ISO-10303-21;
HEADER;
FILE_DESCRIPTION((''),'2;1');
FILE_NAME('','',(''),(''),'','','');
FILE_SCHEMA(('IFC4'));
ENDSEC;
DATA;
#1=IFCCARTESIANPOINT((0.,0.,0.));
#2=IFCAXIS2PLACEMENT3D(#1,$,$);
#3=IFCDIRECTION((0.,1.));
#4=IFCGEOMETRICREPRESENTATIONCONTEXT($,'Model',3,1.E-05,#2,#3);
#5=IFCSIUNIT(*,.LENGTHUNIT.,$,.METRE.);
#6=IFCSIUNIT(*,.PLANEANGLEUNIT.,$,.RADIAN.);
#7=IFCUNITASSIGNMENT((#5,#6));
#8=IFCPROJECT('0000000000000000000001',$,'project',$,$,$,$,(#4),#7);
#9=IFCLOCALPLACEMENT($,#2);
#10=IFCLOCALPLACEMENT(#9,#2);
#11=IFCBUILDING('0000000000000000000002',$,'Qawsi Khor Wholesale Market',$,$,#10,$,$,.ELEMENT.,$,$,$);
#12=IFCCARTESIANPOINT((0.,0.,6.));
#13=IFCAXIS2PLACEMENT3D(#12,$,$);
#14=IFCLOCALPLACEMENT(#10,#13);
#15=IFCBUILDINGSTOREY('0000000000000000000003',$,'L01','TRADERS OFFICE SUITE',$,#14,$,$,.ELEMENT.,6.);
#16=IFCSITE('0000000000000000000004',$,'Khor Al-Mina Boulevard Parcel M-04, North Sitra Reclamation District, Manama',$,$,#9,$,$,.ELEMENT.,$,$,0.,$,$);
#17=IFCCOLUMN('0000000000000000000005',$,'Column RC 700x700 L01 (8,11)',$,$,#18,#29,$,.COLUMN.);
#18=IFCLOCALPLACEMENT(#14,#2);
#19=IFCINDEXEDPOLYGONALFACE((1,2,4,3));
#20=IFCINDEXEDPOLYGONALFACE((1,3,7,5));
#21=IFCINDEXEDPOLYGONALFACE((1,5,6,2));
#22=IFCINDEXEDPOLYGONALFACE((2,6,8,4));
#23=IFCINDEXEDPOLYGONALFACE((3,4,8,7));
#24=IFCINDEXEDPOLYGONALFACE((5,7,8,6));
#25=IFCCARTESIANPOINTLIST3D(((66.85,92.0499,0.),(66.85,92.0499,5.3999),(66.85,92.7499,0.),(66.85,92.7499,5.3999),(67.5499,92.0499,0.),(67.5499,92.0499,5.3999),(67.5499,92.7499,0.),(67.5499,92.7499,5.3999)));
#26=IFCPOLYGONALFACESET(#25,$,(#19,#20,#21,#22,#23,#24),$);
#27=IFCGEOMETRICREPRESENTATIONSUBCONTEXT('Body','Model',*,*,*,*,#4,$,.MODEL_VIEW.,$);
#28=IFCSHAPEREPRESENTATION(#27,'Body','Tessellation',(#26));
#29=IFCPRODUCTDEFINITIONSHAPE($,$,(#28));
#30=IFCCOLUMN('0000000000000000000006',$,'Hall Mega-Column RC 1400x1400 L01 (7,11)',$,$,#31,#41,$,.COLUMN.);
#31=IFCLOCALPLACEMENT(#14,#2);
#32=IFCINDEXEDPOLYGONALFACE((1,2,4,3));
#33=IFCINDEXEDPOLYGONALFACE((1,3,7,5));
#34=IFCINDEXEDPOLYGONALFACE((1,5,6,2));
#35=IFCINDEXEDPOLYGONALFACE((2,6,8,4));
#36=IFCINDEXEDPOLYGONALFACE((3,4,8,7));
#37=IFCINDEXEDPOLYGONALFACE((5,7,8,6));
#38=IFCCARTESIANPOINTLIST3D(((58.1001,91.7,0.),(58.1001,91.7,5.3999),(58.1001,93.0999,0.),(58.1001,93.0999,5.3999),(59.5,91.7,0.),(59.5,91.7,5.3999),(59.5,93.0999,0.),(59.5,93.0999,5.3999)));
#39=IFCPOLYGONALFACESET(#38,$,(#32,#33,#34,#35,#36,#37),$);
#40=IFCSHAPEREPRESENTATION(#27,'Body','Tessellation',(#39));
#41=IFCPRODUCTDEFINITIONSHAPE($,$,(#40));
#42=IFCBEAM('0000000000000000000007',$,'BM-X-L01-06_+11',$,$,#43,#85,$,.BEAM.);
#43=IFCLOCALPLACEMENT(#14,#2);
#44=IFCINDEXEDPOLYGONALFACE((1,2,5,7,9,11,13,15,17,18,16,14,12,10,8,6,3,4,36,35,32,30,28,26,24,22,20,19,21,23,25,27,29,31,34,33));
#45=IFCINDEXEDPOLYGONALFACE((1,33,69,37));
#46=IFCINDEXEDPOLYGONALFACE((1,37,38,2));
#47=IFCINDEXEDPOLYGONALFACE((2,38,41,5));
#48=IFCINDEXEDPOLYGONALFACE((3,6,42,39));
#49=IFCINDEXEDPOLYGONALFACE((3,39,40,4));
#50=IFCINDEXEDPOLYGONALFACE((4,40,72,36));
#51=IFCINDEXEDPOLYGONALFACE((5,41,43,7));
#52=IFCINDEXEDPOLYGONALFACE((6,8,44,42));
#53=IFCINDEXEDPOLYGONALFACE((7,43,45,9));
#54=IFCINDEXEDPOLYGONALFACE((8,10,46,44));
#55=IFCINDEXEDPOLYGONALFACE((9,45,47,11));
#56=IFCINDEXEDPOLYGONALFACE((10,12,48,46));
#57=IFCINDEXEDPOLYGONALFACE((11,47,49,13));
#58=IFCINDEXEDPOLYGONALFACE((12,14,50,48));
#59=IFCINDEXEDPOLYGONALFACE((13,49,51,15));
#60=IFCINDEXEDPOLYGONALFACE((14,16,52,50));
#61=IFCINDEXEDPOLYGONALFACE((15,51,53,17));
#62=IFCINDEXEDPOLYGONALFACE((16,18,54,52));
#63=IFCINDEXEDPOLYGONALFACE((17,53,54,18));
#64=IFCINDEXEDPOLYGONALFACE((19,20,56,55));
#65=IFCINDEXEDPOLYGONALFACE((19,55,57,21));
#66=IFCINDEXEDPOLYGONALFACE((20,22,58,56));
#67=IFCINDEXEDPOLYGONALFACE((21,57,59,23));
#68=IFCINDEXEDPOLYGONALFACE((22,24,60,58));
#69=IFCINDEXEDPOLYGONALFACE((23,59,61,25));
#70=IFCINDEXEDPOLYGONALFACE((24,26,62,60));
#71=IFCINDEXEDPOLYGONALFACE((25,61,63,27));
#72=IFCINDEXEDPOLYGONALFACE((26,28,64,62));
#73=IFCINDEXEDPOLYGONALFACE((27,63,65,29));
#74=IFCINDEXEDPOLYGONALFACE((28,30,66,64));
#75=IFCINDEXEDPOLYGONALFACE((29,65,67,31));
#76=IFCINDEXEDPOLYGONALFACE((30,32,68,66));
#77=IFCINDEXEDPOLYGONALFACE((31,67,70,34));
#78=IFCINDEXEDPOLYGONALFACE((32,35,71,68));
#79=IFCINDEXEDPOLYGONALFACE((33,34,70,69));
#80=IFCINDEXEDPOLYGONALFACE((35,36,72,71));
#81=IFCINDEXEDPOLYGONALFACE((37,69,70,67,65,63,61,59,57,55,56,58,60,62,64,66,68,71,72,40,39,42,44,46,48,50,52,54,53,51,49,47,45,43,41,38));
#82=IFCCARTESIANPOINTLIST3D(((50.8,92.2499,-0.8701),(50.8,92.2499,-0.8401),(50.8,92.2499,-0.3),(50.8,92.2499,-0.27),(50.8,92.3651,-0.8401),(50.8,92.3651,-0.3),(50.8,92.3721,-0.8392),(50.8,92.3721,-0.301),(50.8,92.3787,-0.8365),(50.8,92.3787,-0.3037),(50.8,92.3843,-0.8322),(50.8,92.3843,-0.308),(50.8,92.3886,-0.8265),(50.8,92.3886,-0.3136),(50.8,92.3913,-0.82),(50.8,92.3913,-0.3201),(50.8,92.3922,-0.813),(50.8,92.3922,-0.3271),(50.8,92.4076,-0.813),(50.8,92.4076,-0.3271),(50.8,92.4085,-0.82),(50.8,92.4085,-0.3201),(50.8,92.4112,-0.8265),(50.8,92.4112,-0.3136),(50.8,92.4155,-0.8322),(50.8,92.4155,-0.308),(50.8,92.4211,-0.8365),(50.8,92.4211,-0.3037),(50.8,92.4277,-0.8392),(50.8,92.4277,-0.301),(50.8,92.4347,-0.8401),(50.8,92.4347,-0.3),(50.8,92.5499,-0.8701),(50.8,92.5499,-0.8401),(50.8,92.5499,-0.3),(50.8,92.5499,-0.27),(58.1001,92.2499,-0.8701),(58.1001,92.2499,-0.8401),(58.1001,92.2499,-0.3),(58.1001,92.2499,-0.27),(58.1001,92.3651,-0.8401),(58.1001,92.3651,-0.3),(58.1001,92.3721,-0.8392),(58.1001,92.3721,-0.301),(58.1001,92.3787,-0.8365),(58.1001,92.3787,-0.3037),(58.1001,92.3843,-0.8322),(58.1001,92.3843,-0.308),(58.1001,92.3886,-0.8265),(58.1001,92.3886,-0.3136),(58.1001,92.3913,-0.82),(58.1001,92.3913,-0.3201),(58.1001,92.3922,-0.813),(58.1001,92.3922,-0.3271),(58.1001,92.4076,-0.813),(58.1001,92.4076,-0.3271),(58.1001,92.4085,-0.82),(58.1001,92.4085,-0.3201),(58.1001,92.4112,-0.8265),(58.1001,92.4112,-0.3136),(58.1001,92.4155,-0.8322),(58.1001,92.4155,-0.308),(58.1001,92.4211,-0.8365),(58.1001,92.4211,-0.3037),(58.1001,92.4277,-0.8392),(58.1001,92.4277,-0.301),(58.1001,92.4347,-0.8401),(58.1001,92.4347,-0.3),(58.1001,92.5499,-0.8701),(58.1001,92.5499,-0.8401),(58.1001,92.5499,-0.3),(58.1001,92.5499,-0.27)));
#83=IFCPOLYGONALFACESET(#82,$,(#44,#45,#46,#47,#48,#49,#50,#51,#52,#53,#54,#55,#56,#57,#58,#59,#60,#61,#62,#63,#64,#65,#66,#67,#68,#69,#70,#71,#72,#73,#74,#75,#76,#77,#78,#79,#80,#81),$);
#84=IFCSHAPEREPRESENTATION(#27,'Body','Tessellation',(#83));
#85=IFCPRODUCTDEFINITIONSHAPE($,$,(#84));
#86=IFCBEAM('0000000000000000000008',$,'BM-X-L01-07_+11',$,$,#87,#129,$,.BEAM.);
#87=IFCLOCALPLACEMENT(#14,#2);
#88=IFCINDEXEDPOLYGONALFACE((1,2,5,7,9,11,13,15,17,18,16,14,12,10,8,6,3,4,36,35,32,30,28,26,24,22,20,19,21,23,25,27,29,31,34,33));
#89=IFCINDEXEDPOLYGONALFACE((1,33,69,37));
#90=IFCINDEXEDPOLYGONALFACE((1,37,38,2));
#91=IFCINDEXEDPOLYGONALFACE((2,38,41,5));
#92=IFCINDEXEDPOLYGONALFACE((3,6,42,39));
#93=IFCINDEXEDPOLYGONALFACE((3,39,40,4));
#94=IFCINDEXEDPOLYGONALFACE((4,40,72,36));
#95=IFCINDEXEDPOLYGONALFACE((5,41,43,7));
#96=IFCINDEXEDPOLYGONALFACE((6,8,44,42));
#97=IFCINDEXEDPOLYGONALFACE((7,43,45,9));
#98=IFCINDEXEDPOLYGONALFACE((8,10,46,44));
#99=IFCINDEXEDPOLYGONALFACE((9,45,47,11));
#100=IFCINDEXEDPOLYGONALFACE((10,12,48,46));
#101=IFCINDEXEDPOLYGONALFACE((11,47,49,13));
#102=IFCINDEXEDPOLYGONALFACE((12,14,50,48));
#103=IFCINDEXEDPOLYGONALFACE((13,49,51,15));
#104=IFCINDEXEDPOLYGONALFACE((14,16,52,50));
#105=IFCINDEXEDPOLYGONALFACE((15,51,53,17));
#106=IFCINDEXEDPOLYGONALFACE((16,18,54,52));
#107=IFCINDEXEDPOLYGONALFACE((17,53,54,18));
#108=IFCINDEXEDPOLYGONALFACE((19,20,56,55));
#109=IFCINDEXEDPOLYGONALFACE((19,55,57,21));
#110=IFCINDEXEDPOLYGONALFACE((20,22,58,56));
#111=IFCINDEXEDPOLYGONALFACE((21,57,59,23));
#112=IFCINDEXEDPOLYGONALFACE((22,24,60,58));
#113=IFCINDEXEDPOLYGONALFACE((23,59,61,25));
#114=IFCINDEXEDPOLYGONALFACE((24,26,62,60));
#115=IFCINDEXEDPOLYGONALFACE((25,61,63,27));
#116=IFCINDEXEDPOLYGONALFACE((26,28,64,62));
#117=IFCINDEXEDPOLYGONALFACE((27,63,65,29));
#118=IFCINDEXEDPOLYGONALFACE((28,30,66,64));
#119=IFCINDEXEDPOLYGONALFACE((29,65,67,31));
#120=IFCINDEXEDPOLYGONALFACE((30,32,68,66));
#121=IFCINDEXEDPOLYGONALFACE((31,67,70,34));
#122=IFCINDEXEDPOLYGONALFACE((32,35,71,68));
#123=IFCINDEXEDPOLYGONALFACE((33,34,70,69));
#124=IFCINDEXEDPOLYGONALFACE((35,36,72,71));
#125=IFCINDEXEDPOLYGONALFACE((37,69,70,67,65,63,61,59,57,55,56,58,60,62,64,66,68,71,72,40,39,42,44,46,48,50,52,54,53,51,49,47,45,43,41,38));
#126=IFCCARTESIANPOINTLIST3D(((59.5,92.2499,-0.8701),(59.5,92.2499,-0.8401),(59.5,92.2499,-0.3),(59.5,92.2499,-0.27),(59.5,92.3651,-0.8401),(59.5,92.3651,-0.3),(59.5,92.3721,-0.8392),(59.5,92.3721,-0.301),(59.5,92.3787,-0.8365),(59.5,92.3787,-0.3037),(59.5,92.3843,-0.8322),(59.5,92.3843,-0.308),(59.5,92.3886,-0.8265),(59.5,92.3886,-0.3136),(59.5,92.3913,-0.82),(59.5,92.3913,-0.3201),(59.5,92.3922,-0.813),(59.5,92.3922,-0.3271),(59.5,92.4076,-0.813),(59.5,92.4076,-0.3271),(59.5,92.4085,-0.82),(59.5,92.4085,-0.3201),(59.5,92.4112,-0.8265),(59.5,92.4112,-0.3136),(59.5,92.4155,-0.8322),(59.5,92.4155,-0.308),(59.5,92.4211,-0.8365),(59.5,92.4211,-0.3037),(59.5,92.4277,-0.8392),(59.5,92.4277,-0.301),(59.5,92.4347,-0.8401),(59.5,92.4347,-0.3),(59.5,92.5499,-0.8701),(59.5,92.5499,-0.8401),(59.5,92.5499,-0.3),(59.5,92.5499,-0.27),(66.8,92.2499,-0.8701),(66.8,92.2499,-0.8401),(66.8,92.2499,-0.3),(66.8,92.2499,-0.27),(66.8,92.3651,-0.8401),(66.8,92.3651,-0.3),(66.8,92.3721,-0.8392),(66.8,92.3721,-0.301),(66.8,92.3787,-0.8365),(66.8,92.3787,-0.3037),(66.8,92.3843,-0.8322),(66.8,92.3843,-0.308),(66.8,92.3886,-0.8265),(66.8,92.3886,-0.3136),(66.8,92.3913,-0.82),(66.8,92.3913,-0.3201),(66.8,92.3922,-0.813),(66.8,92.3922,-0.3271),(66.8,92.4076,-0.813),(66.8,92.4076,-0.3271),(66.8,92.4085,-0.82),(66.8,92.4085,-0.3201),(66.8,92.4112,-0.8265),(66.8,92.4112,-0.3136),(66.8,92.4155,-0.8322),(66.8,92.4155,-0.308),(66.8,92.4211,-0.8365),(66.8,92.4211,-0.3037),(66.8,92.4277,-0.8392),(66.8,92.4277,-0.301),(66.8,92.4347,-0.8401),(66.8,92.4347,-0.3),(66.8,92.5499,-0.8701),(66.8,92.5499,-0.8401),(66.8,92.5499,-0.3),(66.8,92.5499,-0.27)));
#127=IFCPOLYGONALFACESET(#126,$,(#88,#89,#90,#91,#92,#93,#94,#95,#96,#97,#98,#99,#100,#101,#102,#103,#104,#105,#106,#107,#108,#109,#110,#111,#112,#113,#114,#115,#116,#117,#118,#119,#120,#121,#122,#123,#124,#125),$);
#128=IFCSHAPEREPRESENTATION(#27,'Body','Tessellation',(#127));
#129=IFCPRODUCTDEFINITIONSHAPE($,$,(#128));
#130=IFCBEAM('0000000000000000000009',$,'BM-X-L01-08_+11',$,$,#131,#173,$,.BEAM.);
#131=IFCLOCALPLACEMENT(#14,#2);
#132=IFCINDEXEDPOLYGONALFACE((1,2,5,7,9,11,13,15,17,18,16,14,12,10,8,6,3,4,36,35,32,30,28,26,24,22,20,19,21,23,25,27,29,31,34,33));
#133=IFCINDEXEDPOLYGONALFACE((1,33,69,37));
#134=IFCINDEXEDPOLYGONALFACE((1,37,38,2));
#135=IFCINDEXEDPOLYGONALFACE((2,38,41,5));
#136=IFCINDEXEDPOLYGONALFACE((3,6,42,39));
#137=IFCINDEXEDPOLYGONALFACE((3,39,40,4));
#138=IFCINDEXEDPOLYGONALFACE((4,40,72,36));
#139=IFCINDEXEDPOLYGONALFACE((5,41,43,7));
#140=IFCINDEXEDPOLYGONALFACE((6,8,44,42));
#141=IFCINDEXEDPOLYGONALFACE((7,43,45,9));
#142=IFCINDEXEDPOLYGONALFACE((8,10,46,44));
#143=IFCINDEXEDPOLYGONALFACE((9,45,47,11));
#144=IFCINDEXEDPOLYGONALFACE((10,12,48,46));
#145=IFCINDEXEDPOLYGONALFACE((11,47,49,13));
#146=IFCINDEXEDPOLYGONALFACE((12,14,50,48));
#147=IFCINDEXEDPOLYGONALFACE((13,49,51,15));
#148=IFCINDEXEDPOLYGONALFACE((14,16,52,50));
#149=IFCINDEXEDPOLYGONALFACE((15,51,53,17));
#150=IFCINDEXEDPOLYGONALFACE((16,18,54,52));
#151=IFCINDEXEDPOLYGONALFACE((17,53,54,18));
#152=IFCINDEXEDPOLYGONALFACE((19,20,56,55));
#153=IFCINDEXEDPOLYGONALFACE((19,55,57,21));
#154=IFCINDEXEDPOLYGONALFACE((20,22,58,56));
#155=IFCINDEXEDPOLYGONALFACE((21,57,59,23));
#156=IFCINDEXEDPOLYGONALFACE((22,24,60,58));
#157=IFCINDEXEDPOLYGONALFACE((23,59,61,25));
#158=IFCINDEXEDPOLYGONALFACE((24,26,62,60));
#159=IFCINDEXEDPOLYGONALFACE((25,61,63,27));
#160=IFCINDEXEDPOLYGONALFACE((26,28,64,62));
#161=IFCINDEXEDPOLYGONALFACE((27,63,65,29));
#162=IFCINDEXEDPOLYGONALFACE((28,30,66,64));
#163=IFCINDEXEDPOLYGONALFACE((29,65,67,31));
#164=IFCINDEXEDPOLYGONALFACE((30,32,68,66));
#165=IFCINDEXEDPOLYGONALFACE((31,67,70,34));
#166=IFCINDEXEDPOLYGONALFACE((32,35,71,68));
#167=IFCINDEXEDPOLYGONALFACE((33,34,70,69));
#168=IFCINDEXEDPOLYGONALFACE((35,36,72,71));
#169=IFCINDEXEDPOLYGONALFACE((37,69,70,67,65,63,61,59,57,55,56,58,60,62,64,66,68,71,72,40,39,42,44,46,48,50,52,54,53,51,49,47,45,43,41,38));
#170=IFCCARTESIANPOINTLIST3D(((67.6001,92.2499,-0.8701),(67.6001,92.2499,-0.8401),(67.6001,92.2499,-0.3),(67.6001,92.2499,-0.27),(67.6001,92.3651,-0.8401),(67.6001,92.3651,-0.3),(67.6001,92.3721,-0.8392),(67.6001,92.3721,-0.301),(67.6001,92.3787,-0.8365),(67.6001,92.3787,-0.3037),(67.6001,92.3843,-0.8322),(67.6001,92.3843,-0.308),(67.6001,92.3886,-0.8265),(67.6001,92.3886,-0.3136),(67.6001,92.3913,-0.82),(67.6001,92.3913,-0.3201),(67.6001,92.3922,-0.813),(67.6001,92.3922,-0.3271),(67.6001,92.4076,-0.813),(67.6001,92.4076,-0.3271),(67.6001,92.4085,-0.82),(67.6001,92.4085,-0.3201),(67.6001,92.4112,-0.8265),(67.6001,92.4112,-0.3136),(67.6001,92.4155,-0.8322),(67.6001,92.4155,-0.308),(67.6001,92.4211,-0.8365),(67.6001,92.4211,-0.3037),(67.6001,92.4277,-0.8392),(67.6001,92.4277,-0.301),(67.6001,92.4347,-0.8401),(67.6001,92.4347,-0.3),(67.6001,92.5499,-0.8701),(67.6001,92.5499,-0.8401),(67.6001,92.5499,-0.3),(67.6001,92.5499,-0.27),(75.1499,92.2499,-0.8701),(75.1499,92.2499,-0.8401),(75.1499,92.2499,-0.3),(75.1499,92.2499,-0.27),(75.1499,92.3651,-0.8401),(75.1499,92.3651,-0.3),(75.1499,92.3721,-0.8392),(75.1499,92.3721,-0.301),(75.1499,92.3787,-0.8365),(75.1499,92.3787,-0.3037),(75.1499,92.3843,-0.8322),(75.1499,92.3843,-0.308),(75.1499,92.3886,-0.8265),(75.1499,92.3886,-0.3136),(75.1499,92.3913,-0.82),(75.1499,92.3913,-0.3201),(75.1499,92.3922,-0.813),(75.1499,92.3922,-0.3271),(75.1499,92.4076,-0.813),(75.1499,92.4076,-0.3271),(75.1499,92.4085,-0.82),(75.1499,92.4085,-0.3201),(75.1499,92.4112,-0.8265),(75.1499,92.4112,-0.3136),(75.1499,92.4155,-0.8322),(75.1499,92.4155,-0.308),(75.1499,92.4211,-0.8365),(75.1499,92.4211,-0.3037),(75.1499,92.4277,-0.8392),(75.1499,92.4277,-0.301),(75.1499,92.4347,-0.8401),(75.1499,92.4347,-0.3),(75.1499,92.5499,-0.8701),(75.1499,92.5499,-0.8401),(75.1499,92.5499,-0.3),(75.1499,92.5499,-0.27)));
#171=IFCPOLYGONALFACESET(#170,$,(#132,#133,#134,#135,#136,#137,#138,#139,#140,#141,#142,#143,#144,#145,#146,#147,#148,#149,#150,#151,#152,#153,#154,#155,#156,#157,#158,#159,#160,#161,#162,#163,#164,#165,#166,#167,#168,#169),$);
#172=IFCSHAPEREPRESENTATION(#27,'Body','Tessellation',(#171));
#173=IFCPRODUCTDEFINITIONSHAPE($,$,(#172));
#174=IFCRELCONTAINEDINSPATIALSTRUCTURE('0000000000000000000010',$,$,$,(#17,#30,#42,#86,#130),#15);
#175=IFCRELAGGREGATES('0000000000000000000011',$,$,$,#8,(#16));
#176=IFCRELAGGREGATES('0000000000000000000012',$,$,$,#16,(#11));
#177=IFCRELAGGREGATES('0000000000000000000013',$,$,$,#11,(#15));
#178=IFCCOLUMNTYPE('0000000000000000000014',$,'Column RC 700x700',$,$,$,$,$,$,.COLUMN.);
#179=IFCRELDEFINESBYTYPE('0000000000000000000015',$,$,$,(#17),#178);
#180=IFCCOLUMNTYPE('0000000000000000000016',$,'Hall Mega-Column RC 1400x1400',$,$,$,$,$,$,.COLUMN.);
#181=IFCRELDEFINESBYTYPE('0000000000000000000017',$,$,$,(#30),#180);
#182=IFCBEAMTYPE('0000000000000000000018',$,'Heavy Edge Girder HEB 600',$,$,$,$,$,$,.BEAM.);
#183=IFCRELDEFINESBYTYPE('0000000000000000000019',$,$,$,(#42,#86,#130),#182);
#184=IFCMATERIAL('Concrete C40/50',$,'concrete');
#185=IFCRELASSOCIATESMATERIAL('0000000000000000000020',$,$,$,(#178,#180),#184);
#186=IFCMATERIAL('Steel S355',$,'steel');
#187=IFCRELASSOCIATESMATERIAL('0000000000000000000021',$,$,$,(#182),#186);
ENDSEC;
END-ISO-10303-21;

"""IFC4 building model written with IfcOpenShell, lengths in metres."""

from ifc_helpers import new_model, si_unit, direction, frame, origin, origin_2d, place, context, subcontext, project, spatial, rectangle, i_section, extrude, material, material_profile, profile_set, type_object, element, save


model = new_model("IFC4")

# Units and contexts
model_context = context("Model", 3, precision=1e-05, world=origin(), true_north=direction((0.0, 1.0)))
body_context = subcontext(model_context, "Body", "Model", "MODEL_VIEW")
ifc_project = project(units=[si_unit("LENGTHUNIT", "METRE"), si_unit("PLANEANGLEUNIT", "RADIAN")], contexts=[model_context])

# Site, building, storey
site_placement = place(None, origin())
site = spatial("IfcSite", under=ifc_project, at=site_placement, Name="Khor Al-Mina Boulevard Parcel M-04, North Sitra Reclamation District, Manama", CompositionType="ELEMENT", RefElevation=0.0)
building_placement = place(site_placement, origin())
building = spatial("IfcBuilding", under=site, at=building_placement, Name="Qawsi Khor Wholesale Market", CompositionType="ELEMENT")
storey_placement = place(building_placement, frame((0.0, 0.0, 6.0)))
storey = spatial("IfcBuildingStorey", under=building, at=storey_placement, Name="L01", Description="TRADERS OFFICE SUITE", CompositionType="ELEMENT", Elevation=6.0)

# Columns
ifc_material_1 = material(Name="Concrete C40/50", Category="concrete")
ifc_material_profile_1 = material_profile(ifc_material_1, rectangle(XDim=0.7, YDim=0.7, at=origin_2d()), Name="RC 700x700")
ifc_profile_set_1 = profile_set([ifc_material_profile_1], Name="Concrete C40/50")
column_type_1 = type_object("IfcColumnType", Name="Column RC 700x700", PredefinedType="COLUMN", material=ifc_profile_set_1)
column_1_placement = place(storey_placement, frame((67.2, 92.3999, 0.0), z_axis=(0.0, 0.0, 1.0), x_axis=(1.0, 0.0, 0.0)))
element("IfcColumn", 1, at=column_1_placement, inside=storey, type_object=column_type_1, Name="Column RC 700x700 L01 (8,11)", PredefinedType="COLUMN", context=body_context, shape_type="SweptSolid", body=[
    extrude(rectangle(XDim=0.7, YDim=0.7, at=origin_2d()), origin(), (0.0, 0.0, 1.0), 5.3999),
])
ifc_material_profile_2 = material_profile(ifc_material_1, rectangle(XDim=1.3999, YDim=1.3999, at=origin_2d()), Name="RC 1400x1400")
ifc_profile_set_2 = profile_set([ifc_material_profile_2], Name="Concrete C40/50")
column_type_2 = type_object("IfcColumnType", Name="Hall Mega-Column RC 1400x1400", PredefinedType="COLUMN", material=ifc_profile_set_2)
column_2_placement = place(storey_placement, frame((58.8, 92.3999, 0.0), z_axis=(0.0, 0.0, 1.0), x_axis=(1.0, 0.0, 0.0)))
element("IfcColumn", 2, at=column_2_placement, inside=storey, type_object=column_type_2, Name="Hall Mega-Column RC 1400x1400 L01 (7,11)", PredefinedType="COLUMN", context=body_context, shape_type="SweptSolid", body=[
    extrude(rectangle(XDim=1.3999, YDim=1.3999, at=origin_2d()), origin(), (0.0, 0.0, 1.0), 5.3999),
])

# Beams
ifc_material_2 = material(Name="Steel S355", Category="steel")
ifc_material_profile_3 = material_profile(ifc_material_2, i_section(OverallWidth=0.3, OverallDepth=0.6001, WebThickness=0.0154, FlangeThickness=0.03, FilletRadius=0.0271, at=origin_2d()), Name="HEB 600")
ifc_profile_set_3 = profile_set([ifc_material_profile_3], Name="Steel S355")
beam_type_1 = type_object("IfcBeamType", Name="Heavy Edge Girder HEB 600", PredefinedType="BEAM", material=ifc_profile_set_3)
for number, where, z_axis, x_axis, name in (
    (3, (50.8, 92.3999, -0.5701), (1.0, 0.0, 0.0), (0.0, 1.0, 0.0), "BM-X-L01-06_+11"),
    (4, (59.5, 92.3999, -0.5701), (1.0, 0.0, 0.0), (0.0, 1.0, 0.0), "BM-X-L01-07_+11"),
):
    element("IfcBeam", number, at=place(storey_placement, frame(where, z_axis=z_axis, x_axis=x_axis)), inside=storey, type_object=beam_type_1, Name=name, PredefinedType="BEAM", context=body_context, shape_type="SweptSolid", body=[
        extrude(i_section(OverallWidth=0.3, OverallDepth=0.6001, WebThickness=0.0154, FlangeThickness=0.03, FilletRadius=0.0271, at=origin_2d()), origin(), (0.0, 0.0, 1.0), 7.3),
    ])
beam_1_placement = place(storey_placement, frame((67.6001, 92.3999, -0.5701), z_axis=(1.0, 0.0, 0.0), x_axis=(0.0, 1.0, 0.0)))
element("IfcBeam", 5, at=beam_1_placement, inside=storey, type_object=beam_type_1, Name="BM-X-L01-08_+11", PredefinedType="BEAM", context=body_context, shape_type="SweptSolid", body=[
    extrude(i_section(OverallWidth=0.3, OverallDepth=0.6001, WebThickness=0.0154, FlangeThickness=0.03, FilletRadius=0.0271, at=origin_2d()), origin(), (0.0, 0.0, 1.0), 7.5498),
])

save(model, "model.ifc")
